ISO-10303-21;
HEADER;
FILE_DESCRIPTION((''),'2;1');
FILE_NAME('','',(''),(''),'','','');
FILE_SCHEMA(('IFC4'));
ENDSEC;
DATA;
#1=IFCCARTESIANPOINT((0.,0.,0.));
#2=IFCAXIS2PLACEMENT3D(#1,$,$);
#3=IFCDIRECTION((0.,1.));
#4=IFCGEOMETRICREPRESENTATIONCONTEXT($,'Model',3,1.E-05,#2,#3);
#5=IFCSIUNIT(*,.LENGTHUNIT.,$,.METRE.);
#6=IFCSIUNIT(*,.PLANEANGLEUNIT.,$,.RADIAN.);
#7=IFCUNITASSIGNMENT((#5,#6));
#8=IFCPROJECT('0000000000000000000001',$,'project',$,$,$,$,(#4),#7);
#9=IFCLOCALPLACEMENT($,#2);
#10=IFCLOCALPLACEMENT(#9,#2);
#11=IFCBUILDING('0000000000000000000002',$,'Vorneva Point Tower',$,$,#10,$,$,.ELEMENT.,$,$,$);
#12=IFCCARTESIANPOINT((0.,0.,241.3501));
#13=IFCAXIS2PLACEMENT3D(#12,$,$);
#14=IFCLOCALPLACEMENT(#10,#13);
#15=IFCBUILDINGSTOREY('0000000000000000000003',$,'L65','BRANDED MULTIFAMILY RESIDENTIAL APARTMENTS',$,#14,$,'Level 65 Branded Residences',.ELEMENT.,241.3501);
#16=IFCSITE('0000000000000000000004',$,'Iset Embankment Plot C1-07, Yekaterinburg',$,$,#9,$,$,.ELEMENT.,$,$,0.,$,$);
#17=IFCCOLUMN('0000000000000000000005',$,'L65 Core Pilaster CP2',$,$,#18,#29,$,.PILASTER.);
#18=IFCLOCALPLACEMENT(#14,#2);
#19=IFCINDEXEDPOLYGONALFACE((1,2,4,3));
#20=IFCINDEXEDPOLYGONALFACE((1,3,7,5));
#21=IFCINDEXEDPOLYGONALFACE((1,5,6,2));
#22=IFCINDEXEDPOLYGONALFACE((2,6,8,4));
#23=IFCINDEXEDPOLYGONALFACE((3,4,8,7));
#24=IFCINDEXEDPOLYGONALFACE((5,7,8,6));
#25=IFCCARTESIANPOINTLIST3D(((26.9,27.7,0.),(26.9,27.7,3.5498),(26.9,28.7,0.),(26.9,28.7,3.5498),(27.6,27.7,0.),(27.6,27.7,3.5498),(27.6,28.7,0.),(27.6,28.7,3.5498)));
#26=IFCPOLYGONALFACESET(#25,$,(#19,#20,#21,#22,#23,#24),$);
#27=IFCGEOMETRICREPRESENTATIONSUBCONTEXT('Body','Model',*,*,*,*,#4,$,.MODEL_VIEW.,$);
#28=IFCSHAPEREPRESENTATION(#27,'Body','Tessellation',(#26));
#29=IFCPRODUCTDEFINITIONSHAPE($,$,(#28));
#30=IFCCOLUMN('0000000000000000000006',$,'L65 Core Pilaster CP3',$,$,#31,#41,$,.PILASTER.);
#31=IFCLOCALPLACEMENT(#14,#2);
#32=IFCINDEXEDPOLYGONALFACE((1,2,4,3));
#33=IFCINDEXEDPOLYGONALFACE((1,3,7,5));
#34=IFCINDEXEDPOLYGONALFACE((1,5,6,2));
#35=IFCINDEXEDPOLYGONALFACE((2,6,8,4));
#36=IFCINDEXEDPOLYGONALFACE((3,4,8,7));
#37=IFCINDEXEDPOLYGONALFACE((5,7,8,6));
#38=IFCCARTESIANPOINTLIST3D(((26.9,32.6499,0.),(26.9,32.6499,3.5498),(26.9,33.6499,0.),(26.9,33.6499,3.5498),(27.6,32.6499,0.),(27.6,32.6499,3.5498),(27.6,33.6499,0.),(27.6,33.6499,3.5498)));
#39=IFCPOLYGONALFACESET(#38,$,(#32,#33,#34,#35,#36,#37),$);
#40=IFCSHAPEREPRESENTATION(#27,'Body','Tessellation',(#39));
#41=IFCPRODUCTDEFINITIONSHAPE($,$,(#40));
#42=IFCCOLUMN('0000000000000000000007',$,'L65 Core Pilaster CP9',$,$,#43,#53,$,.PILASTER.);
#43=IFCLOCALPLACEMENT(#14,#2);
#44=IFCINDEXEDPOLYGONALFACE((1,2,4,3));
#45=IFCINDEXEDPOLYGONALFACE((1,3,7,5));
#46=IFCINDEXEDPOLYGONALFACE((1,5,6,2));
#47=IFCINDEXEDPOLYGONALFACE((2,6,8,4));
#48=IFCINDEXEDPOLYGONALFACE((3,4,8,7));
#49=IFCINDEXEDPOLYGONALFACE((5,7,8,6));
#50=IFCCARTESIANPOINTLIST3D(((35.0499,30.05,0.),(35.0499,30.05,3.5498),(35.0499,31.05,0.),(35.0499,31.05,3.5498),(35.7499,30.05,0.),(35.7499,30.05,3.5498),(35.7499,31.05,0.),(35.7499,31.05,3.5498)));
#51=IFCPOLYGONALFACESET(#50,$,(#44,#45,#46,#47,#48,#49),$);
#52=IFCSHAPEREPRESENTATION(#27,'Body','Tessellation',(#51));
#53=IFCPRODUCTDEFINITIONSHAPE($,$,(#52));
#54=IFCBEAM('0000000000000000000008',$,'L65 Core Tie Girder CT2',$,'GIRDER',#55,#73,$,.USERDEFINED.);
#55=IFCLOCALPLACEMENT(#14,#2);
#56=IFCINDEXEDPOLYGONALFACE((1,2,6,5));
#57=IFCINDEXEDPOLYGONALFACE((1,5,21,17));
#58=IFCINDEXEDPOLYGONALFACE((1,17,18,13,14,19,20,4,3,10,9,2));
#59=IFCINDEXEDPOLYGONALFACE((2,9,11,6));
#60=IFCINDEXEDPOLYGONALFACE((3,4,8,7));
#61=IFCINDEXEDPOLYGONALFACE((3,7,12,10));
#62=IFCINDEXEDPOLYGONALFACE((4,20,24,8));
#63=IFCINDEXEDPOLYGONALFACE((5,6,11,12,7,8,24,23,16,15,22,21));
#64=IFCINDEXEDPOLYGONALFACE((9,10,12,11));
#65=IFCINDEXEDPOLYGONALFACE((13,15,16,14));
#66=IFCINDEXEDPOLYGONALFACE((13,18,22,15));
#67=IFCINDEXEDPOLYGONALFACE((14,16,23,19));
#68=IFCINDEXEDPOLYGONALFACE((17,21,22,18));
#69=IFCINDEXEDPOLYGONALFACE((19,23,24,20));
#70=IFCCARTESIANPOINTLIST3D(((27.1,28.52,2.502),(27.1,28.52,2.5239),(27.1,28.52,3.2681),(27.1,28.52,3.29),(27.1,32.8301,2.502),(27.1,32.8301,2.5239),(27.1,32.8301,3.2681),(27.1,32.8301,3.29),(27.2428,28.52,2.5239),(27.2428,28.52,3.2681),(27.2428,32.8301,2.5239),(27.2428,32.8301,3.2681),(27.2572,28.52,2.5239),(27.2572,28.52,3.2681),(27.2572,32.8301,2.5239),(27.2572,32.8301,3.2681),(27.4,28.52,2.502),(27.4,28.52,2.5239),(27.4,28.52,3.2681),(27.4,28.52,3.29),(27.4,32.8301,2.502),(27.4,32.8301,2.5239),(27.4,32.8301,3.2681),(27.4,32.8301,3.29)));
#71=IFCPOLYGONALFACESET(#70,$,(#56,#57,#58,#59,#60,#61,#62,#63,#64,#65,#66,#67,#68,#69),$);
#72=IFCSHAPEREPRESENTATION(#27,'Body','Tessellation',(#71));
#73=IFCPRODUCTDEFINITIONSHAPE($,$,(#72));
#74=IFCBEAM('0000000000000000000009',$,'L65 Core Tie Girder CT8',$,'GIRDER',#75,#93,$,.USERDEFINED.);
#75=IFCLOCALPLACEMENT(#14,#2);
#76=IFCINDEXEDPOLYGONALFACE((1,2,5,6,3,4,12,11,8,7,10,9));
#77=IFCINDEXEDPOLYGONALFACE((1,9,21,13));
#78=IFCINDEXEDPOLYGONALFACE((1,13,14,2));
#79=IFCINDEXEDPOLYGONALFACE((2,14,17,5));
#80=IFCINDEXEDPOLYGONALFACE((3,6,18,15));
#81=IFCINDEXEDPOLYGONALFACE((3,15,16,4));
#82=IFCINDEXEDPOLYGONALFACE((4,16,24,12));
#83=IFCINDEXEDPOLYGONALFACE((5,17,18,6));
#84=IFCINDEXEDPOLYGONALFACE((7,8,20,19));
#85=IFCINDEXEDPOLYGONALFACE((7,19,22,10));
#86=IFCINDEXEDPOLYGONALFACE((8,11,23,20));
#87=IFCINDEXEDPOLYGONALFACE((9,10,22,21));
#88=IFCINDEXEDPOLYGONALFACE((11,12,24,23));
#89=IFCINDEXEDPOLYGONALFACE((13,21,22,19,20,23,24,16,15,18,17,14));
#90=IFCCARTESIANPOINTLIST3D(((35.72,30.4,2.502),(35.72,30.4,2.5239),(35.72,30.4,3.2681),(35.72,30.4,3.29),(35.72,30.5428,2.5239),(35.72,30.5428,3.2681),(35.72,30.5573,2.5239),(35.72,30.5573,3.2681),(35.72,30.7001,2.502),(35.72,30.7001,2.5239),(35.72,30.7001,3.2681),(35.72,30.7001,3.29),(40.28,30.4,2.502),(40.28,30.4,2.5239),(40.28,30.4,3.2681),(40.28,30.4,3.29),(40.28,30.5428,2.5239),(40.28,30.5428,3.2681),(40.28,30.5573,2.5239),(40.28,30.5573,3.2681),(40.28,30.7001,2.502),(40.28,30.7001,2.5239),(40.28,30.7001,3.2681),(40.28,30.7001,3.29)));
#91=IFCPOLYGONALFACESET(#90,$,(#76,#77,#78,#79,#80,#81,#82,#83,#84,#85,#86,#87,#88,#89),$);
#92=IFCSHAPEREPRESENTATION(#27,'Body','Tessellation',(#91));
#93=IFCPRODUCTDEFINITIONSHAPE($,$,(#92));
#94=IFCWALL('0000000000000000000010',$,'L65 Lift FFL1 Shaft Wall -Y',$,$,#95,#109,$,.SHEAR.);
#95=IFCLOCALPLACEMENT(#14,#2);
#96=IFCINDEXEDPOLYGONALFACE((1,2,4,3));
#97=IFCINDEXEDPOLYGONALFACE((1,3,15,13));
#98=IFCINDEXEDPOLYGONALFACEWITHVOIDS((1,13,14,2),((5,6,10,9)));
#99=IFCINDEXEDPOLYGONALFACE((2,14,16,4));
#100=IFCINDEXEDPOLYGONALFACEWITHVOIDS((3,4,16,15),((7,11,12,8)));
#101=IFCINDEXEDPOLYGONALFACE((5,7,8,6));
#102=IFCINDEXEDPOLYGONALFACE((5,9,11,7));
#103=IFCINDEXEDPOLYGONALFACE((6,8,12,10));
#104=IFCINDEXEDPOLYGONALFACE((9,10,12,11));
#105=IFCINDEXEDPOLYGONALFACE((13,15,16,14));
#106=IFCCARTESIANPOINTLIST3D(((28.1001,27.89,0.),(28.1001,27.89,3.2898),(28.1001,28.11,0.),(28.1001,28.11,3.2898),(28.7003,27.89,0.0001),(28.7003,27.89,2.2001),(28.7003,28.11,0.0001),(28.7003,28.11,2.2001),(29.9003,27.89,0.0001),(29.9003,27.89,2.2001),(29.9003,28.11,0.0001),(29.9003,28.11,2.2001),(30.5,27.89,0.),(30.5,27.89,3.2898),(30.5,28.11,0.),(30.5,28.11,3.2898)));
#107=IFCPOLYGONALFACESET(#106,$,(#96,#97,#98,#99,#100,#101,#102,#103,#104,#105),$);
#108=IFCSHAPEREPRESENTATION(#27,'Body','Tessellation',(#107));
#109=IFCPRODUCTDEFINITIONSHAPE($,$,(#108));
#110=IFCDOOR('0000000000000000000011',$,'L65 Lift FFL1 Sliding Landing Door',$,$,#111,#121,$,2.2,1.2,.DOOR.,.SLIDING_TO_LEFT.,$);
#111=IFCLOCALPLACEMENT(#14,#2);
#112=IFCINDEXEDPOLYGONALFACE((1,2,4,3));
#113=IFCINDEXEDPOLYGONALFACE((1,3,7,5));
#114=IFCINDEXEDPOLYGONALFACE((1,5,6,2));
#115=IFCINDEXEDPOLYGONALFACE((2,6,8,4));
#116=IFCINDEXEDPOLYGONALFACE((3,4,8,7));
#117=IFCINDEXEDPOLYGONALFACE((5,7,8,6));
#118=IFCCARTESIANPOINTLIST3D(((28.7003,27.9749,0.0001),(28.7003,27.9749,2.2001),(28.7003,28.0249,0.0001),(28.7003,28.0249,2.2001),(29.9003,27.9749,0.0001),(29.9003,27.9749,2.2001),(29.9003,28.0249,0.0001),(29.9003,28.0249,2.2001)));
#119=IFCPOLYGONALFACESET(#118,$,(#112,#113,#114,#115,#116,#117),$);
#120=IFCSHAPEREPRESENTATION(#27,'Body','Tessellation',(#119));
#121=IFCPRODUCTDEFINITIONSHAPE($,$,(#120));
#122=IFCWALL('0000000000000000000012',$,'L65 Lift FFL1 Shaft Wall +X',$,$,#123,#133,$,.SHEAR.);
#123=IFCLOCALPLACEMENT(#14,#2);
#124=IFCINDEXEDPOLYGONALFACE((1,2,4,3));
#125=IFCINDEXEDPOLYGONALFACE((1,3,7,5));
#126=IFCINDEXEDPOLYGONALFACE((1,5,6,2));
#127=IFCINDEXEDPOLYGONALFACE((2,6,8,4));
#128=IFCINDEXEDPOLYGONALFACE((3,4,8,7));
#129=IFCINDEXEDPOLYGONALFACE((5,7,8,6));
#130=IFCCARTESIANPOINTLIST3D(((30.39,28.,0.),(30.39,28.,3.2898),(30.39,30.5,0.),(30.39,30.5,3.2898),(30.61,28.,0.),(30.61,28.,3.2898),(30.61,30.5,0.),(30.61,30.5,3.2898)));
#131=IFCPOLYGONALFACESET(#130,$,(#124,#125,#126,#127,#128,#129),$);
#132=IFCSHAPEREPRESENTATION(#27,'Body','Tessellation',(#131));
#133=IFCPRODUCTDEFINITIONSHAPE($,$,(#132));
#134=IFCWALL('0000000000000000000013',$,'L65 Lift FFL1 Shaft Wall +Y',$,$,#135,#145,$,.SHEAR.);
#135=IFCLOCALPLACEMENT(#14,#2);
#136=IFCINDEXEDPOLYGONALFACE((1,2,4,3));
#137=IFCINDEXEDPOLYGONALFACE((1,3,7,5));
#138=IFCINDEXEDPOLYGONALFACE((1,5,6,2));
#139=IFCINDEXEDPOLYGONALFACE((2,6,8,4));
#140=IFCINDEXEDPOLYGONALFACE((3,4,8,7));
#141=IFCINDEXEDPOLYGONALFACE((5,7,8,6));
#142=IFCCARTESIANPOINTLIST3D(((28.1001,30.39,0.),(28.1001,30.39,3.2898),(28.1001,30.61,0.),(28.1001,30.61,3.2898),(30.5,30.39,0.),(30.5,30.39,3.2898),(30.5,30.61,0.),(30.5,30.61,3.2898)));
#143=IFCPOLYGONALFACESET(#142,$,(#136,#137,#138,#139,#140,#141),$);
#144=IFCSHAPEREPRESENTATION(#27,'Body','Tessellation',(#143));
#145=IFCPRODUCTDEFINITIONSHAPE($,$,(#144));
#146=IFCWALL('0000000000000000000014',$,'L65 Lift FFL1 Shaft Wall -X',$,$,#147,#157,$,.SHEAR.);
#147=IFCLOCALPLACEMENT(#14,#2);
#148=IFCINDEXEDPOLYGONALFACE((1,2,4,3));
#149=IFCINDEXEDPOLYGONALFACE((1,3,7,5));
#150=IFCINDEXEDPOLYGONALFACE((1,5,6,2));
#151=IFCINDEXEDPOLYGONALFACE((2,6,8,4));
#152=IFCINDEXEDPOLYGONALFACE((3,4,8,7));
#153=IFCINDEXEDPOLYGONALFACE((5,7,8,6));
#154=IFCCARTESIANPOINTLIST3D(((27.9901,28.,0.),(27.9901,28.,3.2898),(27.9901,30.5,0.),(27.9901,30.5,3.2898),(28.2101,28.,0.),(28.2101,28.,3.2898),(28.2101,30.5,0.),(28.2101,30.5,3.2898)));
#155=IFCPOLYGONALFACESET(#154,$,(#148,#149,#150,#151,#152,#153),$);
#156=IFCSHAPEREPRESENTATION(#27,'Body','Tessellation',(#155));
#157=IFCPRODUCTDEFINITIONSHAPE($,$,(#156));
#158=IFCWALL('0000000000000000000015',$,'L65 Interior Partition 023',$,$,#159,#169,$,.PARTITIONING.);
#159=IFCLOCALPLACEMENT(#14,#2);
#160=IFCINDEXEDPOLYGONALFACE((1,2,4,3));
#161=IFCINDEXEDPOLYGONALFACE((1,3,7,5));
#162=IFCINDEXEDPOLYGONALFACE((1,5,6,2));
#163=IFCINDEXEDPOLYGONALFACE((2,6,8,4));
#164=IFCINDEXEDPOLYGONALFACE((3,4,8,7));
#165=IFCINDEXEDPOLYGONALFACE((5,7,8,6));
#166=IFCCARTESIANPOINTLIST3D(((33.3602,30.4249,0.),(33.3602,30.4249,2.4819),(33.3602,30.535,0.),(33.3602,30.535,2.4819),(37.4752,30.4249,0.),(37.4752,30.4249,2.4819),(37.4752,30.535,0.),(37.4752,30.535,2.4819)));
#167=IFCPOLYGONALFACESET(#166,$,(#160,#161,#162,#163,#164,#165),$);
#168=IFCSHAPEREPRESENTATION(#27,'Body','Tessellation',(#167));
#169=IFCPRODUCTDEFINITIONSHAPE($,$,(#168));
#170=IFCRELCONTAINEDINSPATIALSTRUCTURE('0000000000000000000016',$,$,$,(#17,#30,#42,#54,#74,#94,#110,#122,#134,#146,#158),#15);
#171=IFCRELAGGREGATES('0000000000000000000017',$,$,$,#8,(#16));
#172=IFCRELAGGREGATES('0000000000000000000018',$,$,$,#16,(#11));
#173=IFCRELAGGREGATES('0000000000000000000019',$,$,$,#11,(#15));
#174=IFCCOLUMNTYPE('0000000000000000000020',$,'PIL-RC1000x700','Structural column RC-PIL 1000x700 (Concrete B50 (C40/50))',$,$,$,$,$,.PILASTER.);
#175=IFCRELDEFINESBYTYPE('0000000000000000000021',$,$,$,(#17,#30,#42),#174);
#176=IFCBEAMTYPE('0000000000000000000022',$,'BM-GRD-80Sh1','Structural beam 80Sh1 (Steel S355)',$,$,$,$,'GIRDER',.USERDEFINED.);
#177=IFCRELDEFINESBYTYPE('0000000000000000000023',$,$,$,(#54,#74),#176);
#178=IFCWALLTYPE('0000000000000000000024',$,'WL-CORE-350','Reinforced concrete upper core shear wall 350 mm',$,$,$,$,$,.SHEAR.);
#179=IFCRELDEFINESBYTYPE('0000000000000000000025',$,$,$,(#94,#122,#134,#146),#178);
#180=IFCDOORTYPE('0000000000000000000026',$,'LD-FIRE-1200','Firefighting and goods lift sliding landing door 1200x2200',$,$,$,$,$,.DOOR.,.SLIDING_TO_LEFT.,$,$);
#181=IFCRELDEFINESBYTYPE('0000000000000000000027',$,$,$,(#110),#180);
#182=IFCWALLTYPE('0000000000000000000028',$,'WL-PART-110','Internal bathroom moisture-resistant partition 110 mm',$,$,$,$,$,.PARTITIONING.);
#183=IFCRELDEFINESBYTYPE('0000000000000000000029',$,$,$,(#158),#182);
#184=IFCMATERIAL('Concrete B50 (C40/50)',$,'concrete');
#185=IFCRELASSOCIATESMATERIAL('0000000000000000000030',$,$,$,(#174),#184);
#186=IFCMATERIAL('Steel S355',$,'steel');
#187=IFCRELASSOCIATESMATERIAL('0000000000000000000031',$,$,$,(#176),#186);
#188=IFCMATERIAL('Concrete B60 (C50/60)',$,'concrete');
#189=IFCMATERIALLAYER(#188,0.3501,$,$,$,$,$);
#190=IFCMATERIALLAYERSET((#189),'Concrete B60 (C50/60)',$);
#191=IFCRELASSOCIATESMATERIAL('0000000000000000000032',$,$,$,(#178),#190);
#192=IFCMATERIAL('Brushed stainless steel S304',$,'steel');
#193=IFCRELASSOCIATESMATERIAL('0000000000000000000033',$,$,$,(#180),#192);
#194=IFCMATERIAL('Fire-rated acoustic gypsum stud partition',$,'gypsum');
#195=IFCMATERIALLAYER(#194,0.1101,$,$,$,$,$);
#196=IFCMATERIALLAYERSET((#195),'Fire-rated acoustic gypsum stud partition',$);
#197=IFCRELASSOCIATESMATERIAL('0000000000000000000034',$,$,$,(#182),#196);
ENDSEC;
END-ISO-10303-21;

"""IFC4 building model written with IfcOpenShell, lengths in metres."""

from ifc_helpers import new_model, si_unit, direction, frame, frame_2d, origin, origin_2d, place, context, subcontext, project, spatial, rectangle, i_section, extrude, material, layer, layer_set, material_profile, profile_set, type_object, element, fill, save


model = new_model("IFC4")

# Units and contexts
model_context = context("Model", 3, precision=1e-05, world=origin(), true_north=direction((0.0, 1.0)))
body_context = subcontext(model_context, "Body", "Model", "MODEL_VIEW")
ifc_project = project(units=[si_unit("LENGTHUNIT", "METRE"), si_unit("PLANEANGLEUNIT", "RADIAN")], contexts=[model_context])

# Site, building, storey
site_placement = place(None, origin())
site = spatial("IfcSite", under=ifc_project, at=site_placement, Name="Iset Embankment Plot C1-07, Yekaterinburg", CompositionType="ELEMENT", RefElevation=0.0)
building_placement = place(site_placement, origin())
building = spatial("IfcBuilding", under=site, at=building_placement, Name="Vorneva Point Tower", CompositionType="ELEMENT")
storey_placement = place(building_placement, frame((0.0, 0.0, 241.3501)))
storey = spatial("IfcBuildingStorey", under=building, at=storey_placement, Name="L65", Description="BRANDED MULTIFAMILY RESIDENTIAL APARTMENTS", LongName="Level 65 Branded Residences", CompositionType="ELEMENT", Elevation=241.3501)

# Columns
ifc_material_1 = material(Name="Concrete B50 (C40/50)", Category="concrete")
ifc_material_profile_1 = material_profile(ifc_material_1, rectangle(XDim=0.7, YDim=1.0, at=origin_2d()), Name="RC-PIL 1000x700")
ifc_profile_set_1 = profile_set([ifc_material_profile_1], Name="Concrete B50 (C40/50)")
column_type = type_object("IfcColumnType", Name="PIL-RC1000x700", Description="Structural column RC-PIL 1000x700 (Concrete B50 (C40/50))", PredefinedType="PILASTER", material=ifc_profile_set_1)
for number, where, z_axis, x_axis, name in (
    (1, (27.25, 28.2, 0.0), (0.0, 0.0, 1.0), (1.0, 0.0, 0.0), "L65 Core Pilaster CP2"),
    (2, (27.25, 33.1499, 0.0), (0.0, 0.0, 1.0), (1.0, 0.0, 0.0), "L65 Core Pilaster CP3"),
    (3, (35.3999, 30.55, 0.0), (0.0, 0.0, 1.0), (1.0, 0.0, 0.0), "L65 Core Pilaster CP9"),
):
    element("IfcColumn", number, at=place(storey_placement, frame(where, z_axis=z_axis, x_axis=x_axis)), inside=storey, type_object=column_type, Name=name, PredefinedType="PILASTER", context=body_context, shape_type="SweptSolid", body=[
        extrude(rectangle(XDim=0.7, YDim=1.0, at=origin_2d()), origin(), (0.0, 0.0, 1.0), 3.5498),
    ])

# Beams
ifc_material_2 = material(Name="Steel S355", Category="steel")
ifc_material_profile_2 = material_profile(ifc_material_2, i_section(OverallWidth=0.3, OverallDepth=0.7881, WebThickness=0.0144, FlangeThickness=0.022, at=origin_2d()), Name="80Sh1")
ifc_profile_set_2 = profile_set([ifc_material_profile_2], Name="Steel S355")
beam_type = type_object("IfcBeamType", Name="BM-GRD-80Sh1", Description="Structural beam 80Sh1 (Steel S355)", ElementType="GIRDER", PredefinedType="USERDEFINED", material=ifc_profile_set_2)
beam_1_placement = place(storey_placement, frame((27.25, 28.52, 2.896), z_axis=(0.0, 1.0, 0.0), x_axis=(-1.0, 0.0, 0.0)))
element("IfcBeam", 4, at=beam_1_placement, inside=storey, type_object=beam_type, Name="L65 Core Tie Girder CT2", ObjectType="GIRDER", PredefinedType="USERDEFINED", context=body_context, shape_type="SweptSolid", body=[
    extrude(i_section(OverallWidth=0.3, OverallDepth=0.7881, WebThickness=0.0144, FlangeThickness=0.022, at=origin_2d()), origin(), (0.0, 0.0, 1.0), 4.3101),
])
beam_2_placement = place(storey_placement, frame((35.72, 30.55, 2.896), z_axis=(1.0, 0.0, 0.0), x_axis=(0.0, 1.0, 0.0)))
element("IfcBeam", 5, at=beam_2_placement, inside=storey, type_object=beam_type, Name="L65 Core Tie Girder CT8", ObjectType="GIRDER", PredefinedType="USERDEFINED", context=body_context, shape_type="SweptSolid", body=[
    extrude(i_section(OverallWidth=0.3, OverallDepth=0.7881, WebThickness=0.0144, FlangeThickness=0.022, at=origin_2d()), origin(), (0.0, 0.0, 1.0), 4.5601),
])

# Wall, opening, door
ifc_material_3 = material(Name="Concrete B60 (C50/60)", Category="concrete")
ifc_layer_1 = layer(ifc_material_3, 0.3501)
ifc_layer_set_1 = layer_set([ifc_layer_1], Name="Concrete B60 (C50/60)")
wall_type_1 = type_object("IfcWallType", Name="WL-CORE-350", Description="Reinforced concrete upper core shear wall 350 mm", PredefinedType="SHEAR", material=ifc_layer_set_1)
wall_1_placement = place(storey_placement, frame((28.1001, 28.0, 0.0), z_axis=(0.0, 0.0, 1.0), x_axis=(1.0, 0.0, 0.0)))
wall_1 = element("IfcWall", 6, at=wall_1_placement, inside=storey, type_object=wall_type_1, Name="L65 Lift FFL1 Shaft Wall -Y", PredefinedType="SHEAR", context=body_context, shape_type="SweptSolid", body=[
    extrude(rectangle(XDim=2.3999, YDim=0.22, at=frame_2d((1.2, 0.0))), origin(), (0.0, 0.0, 1.0), 3.2898),
])
opening_1_placement = place(wall_1_placement, frame((0.6001, 0.0, 0.0)))
opening_1 = element("IfcOpeningElement", 7, at=opening_1_placement, cuts=wall_1, PredefinedType="OPENING", context=body_context, shape_type="SweptSolid", body=[
    extrude(rectangle(XDim=1.2, YDim=2.2, at=frame_2d((0.6001, 1.1001))), frame((0.0, 0.125, 0.0), z_axis=(0.0, -1.0, 0.0), x_axis=(1.0, 0.0, 0.0)), (0.0, 0.0, 1.0), 0.2498),
])
ifc_material_4 = material(Name="Brushed stainless steel S304", Category="steel")
door_type_1 = type_object("IfcDoorType", Name="LD-FIRE-1200", Description="Firefighting and goods lift sliding landing door 1200x2200", OperationType="SLIDING_TO_LEFT", PredefinedType="DOOR", material=ifc_material_4)
door_1_placement = place(opening_1_placement, origin())
door_1 = element("IfcDoor", 8, at=door_1_placement, inside=storey, type_object=door_type_1, Name="L65 Lift FFL1 Sliding Landing Door", OperationType="SLIDING_TO_LEFT", OverallHeight=2.2, OverallWidth=1.2, PredefinedType="DOOR", context=body_context, shape_type="SweptSolid", body=[
    extrude(rectangle(XDim=1.2, YDim=2.2, at=frame_2d((0.6001, 1.1001))), frame((0.0, 0.0249, 0.0), z_axis=(0.0, -1.0, 0.0), x_axis=(1.0, 0.0, 0.0)), (0.0, 0.0, 1.0), 0.05),
])
fill(opening_1, door_1)

# Walls
wall_2_placement = place(storey_placement, frame((30.5, 28.0, 0.0), z_axis=(0.0, 0.0, 1.0), x_axis=(0.0, 1.0, 0.0)))
element("IfcWall", 9, at=wall_2_placement, inside=storey, type_object=wall_type_1, Name="L65 Lift FFL1 Shaft Wall +X", PredefinedType="SHEAR", context=body_context, shape_type="SweptSolid", body=[
    extrude(rectangle(XDim=2.5, YDim=0.22, at=frame_2d((1.25, 0.0))), origin(), (0.0, 0.0, 1.0), 3.2898),
])
wall_3_placement = place(storey_placement, frame((30.5, 30.5, 0.0), z_axis=(0.0, 0.0, 1.0), x_axis=(-1.0, 0.0, 0.0)))
element("IfcWall", 10, at=wall_3_placement, inside=storey, type_object=wall_type_1, Name="L65 Lift FFL1 Shaft Wall +Y", PredefinedType="SHEAR", context=body_context, shape_type="SweptSolid", body=[
    extrude(rectangle(XDim=2.3999, YDim=0.22, at=frame_2d((1.2, 0.0))), origin(), (0.0, 0.0, 1.0), 3.2898),
])
wall_4_placement = place(storey_placement, frame((28.1001, 30.5, 0.0), z_axis=(0.0, 0.0, 1.0), x_axis=(0.0, -1.0, 0.0)))
element("IfcWall", 11, at=wall_4_placement, inside=storey, type_object=wall_type_1, Name="L65 Lift FFL1 Shaft Wall -X", PredefinedType="SHEAR", context=body_context, shape_type="SweptSolid", body=[
    extrude(rectangle(XDim=2.5, YDim=0.22, at=frame_2d((1.25, 0.0))), origin(), (0.0, 0.0, 1.0), 3.2898),
])
ifc_material_5 = material(Name="Fire-rated acoustic gypsum stud partition", Category="gypsum")
ifc_layer_2 = layer(ifc_material_5, 0.1101)
ifc_layer_set_2 = layer_set([ifc_layer_2], Name="Fire-rated acoustic gypsum stud partition")
wall_type_2 = type_object("IfcWallType", Name="WL-PART-110", Description="Internal bathroom moisture-resistant partition 110 mm", PredefinedType="PARTITIONING", material=ifc_layer_set_2)
wall_5_placement = place(storey_placement, frame((33.3601, 30.48, 0.0), z_axis=(0.0, 0.0, 1.0), x_axis=(1.0, 0.0, 0.0)))
element("IfcWall", 12, at=wall_5_placement, inside=storey, type_object=wall_type_2, Name="L65 Interior Partition 023", PredefinedType="PARTITIONING", context=body_context, shape_type="SweptSolid", body=[
    extrude(rectangle(XDim=4.115, YDim=0.1101, at=frame_2d((2.0576, 0.0))), origin(), (0.0, 0.0, 1.0), 2.4819),
])

save(model, "model.ifc")
